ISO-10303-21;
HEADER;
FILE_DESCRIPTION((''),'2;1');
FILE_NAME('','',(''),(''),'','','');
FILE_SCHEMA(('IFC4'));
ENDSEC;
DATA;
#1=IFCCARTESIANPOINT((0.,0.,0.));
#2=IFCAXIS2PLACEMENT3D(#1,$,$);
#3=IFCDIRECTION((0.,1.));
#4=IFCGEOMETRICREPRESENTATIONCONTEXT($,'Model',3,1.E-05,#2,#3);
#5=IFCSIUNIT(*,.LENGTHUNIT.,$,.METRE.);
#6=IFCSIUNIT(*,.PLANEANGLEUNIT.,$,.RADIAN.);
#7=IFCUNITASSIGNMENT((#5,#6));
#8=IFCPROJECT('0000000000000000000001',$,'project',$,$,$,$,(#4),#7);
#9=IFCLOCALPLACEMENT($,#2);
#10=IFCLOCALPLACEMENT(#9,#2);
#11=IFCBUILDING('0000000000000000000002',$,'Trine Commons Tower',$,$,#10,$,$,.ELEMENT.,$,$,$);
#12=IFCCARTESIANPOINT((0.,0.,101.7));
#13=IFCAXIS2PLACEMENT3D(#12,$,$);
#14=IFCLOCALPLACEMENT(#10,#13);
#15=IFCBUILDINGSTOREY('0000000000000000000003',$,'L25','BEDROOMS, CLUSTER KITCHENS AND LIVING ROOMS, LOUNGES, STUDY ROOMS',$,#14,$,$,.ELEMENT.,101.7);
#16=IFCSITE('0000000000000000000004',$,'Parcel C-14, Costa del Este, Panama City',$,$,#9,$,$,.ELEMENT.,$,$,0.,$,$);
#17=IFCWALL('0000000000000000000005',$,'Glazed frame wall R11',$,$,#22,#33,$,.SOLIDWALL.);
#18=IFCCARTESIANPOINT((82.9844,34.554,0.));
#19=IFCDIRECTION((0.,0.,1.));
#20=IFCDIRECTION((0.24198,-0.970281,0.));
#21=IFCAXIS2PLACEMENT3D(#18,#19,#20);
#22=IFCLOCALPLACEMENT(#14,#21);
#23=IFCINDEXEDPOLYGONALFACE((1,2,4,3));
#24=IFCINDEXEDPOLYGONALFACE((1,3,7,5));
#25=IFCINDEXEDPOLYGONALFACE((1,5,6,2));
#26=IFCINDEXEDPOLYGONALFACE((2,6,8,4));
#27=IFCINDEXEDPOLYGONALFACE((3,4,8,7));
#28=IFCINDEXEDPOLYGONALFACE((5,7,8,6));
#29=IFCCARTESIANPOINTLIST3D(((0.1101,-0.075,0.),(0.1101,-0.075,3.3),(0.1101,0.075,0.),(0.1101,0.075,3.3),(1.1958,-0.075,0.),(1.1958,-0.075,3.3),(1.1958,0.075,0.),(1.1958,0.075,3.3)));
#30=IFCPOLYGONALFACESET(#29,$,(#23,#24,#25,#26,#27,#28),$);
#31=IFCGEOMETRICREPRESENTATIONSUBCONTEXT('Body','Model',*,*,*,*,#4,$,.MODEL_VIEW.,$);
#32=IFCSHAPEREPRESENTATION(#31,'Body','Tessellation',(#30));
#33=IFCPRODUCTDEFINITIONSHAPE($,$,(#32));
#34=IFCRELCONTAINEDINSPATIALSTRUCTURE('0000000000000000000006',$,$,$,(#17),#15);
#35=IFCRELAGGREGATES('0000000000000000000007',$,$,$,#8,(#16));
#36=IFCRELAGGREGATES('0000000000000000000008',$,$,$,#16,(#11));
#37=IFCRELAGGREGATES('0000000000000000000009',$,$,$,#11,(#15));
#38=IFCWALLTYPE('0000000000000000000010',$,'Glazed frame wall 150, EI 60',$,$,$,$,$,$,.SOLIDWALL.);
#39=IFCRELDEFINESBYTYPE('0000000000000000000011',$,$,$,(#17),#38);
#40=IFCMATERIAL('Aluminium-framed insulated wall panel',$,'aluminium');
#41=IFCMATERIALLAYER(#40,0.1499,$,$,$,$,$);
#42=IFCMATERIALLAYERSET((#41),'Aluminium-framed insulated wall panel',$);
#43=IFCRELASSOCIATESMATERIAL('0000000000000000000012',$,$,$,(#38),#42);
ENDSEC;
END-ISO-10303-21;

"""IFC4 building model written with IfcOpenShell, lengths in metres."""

from ifc_helpers import new_model, si_unit, direction, frame, origin, place, context, subcontext, project, spatial, polyline, outline, extrude, material, layer, layer_set, type_object, element, save


model = new_model("IFC4")

# Units and contexts
model_context = context("Model", 3, precision=1e-05, world=origin(), true_north=direction((0.0, 1.0)))
body_context = subcontext(model_context, "Body", "Model", "MODEL_VIEW")
ifc_project = project(units=[si_unit("LENGTHUNIT", "METRE"), si_unit("PLANEANGLEUNIT", "RADIAN")], contexts=[model_context])

# Site, building, storey
site_placement = place(None, origin())
site = spatial("IfcSite", under=ifc_project, at=site_placement, Name="Parcel C-14, Costa del Este, Panama City", CompositionType="ELEMENT", RefElevation=0.0)
building_placement = place(site_placement, origin())
building = spatial("IfcBuilding", under=site, at=building_placement, Name="Trine Commons Tower", CompositionType="ELEMENT")
storey_placement = place(building_placement, frame((0.0, 0.0, 101.7)))
storey = spatial("IfcBuildingStorey", under=building, at=storey_placement, Name="L25", Description="BEDROOMS, CLUSTER KITCHENS AND LIVING ROOMS, LOUNGES, STUDY ROOMS", CompositionType="ELEMENT", Elevation=101.7)

# Shared definitions
ifc_material_1 = material(Name="Aluminium-framed insulated wall panel", Category="aluminium")
ifc_layer_1 = layer(ifc_material_1, 0.1499)
ifc_layer_set_1 = layer_set([ifc_layer_1], Name="Aluminium-framed insulated wall panel")
wall_type_1 = type_object("IfcWallType", Name="Glazed frame wall 150, EI 60", PredefinedType="SOLIDWALL", material=ifc_layer_set_1)

# Wall
wall_1_placement = place(storey_placement, frame((82.9844, 34.554, 0.0), z_axis=(0.0, 0.0, 1.0), x_axis=(0.24198, -0.970281, 0.0)))
element("IfcWall", 1, at=wall_1_placement, inside=storey, type_object=wall_type_1, Name="Glazed frame wall R11", PredefinedType="SOLIDWALL", context=body_context, shape_type="SweptSolid", body=[
    extrude(outline(polyline([(0.1101, 0.075), (0.1101, -0.075), (1.1958, -0.075), (1.1958, 0.075), (0.1101, 0.075)])), origin(), (0.0, 0.0, 1.0), 3.3),
])

save(model, "model.ifc")
